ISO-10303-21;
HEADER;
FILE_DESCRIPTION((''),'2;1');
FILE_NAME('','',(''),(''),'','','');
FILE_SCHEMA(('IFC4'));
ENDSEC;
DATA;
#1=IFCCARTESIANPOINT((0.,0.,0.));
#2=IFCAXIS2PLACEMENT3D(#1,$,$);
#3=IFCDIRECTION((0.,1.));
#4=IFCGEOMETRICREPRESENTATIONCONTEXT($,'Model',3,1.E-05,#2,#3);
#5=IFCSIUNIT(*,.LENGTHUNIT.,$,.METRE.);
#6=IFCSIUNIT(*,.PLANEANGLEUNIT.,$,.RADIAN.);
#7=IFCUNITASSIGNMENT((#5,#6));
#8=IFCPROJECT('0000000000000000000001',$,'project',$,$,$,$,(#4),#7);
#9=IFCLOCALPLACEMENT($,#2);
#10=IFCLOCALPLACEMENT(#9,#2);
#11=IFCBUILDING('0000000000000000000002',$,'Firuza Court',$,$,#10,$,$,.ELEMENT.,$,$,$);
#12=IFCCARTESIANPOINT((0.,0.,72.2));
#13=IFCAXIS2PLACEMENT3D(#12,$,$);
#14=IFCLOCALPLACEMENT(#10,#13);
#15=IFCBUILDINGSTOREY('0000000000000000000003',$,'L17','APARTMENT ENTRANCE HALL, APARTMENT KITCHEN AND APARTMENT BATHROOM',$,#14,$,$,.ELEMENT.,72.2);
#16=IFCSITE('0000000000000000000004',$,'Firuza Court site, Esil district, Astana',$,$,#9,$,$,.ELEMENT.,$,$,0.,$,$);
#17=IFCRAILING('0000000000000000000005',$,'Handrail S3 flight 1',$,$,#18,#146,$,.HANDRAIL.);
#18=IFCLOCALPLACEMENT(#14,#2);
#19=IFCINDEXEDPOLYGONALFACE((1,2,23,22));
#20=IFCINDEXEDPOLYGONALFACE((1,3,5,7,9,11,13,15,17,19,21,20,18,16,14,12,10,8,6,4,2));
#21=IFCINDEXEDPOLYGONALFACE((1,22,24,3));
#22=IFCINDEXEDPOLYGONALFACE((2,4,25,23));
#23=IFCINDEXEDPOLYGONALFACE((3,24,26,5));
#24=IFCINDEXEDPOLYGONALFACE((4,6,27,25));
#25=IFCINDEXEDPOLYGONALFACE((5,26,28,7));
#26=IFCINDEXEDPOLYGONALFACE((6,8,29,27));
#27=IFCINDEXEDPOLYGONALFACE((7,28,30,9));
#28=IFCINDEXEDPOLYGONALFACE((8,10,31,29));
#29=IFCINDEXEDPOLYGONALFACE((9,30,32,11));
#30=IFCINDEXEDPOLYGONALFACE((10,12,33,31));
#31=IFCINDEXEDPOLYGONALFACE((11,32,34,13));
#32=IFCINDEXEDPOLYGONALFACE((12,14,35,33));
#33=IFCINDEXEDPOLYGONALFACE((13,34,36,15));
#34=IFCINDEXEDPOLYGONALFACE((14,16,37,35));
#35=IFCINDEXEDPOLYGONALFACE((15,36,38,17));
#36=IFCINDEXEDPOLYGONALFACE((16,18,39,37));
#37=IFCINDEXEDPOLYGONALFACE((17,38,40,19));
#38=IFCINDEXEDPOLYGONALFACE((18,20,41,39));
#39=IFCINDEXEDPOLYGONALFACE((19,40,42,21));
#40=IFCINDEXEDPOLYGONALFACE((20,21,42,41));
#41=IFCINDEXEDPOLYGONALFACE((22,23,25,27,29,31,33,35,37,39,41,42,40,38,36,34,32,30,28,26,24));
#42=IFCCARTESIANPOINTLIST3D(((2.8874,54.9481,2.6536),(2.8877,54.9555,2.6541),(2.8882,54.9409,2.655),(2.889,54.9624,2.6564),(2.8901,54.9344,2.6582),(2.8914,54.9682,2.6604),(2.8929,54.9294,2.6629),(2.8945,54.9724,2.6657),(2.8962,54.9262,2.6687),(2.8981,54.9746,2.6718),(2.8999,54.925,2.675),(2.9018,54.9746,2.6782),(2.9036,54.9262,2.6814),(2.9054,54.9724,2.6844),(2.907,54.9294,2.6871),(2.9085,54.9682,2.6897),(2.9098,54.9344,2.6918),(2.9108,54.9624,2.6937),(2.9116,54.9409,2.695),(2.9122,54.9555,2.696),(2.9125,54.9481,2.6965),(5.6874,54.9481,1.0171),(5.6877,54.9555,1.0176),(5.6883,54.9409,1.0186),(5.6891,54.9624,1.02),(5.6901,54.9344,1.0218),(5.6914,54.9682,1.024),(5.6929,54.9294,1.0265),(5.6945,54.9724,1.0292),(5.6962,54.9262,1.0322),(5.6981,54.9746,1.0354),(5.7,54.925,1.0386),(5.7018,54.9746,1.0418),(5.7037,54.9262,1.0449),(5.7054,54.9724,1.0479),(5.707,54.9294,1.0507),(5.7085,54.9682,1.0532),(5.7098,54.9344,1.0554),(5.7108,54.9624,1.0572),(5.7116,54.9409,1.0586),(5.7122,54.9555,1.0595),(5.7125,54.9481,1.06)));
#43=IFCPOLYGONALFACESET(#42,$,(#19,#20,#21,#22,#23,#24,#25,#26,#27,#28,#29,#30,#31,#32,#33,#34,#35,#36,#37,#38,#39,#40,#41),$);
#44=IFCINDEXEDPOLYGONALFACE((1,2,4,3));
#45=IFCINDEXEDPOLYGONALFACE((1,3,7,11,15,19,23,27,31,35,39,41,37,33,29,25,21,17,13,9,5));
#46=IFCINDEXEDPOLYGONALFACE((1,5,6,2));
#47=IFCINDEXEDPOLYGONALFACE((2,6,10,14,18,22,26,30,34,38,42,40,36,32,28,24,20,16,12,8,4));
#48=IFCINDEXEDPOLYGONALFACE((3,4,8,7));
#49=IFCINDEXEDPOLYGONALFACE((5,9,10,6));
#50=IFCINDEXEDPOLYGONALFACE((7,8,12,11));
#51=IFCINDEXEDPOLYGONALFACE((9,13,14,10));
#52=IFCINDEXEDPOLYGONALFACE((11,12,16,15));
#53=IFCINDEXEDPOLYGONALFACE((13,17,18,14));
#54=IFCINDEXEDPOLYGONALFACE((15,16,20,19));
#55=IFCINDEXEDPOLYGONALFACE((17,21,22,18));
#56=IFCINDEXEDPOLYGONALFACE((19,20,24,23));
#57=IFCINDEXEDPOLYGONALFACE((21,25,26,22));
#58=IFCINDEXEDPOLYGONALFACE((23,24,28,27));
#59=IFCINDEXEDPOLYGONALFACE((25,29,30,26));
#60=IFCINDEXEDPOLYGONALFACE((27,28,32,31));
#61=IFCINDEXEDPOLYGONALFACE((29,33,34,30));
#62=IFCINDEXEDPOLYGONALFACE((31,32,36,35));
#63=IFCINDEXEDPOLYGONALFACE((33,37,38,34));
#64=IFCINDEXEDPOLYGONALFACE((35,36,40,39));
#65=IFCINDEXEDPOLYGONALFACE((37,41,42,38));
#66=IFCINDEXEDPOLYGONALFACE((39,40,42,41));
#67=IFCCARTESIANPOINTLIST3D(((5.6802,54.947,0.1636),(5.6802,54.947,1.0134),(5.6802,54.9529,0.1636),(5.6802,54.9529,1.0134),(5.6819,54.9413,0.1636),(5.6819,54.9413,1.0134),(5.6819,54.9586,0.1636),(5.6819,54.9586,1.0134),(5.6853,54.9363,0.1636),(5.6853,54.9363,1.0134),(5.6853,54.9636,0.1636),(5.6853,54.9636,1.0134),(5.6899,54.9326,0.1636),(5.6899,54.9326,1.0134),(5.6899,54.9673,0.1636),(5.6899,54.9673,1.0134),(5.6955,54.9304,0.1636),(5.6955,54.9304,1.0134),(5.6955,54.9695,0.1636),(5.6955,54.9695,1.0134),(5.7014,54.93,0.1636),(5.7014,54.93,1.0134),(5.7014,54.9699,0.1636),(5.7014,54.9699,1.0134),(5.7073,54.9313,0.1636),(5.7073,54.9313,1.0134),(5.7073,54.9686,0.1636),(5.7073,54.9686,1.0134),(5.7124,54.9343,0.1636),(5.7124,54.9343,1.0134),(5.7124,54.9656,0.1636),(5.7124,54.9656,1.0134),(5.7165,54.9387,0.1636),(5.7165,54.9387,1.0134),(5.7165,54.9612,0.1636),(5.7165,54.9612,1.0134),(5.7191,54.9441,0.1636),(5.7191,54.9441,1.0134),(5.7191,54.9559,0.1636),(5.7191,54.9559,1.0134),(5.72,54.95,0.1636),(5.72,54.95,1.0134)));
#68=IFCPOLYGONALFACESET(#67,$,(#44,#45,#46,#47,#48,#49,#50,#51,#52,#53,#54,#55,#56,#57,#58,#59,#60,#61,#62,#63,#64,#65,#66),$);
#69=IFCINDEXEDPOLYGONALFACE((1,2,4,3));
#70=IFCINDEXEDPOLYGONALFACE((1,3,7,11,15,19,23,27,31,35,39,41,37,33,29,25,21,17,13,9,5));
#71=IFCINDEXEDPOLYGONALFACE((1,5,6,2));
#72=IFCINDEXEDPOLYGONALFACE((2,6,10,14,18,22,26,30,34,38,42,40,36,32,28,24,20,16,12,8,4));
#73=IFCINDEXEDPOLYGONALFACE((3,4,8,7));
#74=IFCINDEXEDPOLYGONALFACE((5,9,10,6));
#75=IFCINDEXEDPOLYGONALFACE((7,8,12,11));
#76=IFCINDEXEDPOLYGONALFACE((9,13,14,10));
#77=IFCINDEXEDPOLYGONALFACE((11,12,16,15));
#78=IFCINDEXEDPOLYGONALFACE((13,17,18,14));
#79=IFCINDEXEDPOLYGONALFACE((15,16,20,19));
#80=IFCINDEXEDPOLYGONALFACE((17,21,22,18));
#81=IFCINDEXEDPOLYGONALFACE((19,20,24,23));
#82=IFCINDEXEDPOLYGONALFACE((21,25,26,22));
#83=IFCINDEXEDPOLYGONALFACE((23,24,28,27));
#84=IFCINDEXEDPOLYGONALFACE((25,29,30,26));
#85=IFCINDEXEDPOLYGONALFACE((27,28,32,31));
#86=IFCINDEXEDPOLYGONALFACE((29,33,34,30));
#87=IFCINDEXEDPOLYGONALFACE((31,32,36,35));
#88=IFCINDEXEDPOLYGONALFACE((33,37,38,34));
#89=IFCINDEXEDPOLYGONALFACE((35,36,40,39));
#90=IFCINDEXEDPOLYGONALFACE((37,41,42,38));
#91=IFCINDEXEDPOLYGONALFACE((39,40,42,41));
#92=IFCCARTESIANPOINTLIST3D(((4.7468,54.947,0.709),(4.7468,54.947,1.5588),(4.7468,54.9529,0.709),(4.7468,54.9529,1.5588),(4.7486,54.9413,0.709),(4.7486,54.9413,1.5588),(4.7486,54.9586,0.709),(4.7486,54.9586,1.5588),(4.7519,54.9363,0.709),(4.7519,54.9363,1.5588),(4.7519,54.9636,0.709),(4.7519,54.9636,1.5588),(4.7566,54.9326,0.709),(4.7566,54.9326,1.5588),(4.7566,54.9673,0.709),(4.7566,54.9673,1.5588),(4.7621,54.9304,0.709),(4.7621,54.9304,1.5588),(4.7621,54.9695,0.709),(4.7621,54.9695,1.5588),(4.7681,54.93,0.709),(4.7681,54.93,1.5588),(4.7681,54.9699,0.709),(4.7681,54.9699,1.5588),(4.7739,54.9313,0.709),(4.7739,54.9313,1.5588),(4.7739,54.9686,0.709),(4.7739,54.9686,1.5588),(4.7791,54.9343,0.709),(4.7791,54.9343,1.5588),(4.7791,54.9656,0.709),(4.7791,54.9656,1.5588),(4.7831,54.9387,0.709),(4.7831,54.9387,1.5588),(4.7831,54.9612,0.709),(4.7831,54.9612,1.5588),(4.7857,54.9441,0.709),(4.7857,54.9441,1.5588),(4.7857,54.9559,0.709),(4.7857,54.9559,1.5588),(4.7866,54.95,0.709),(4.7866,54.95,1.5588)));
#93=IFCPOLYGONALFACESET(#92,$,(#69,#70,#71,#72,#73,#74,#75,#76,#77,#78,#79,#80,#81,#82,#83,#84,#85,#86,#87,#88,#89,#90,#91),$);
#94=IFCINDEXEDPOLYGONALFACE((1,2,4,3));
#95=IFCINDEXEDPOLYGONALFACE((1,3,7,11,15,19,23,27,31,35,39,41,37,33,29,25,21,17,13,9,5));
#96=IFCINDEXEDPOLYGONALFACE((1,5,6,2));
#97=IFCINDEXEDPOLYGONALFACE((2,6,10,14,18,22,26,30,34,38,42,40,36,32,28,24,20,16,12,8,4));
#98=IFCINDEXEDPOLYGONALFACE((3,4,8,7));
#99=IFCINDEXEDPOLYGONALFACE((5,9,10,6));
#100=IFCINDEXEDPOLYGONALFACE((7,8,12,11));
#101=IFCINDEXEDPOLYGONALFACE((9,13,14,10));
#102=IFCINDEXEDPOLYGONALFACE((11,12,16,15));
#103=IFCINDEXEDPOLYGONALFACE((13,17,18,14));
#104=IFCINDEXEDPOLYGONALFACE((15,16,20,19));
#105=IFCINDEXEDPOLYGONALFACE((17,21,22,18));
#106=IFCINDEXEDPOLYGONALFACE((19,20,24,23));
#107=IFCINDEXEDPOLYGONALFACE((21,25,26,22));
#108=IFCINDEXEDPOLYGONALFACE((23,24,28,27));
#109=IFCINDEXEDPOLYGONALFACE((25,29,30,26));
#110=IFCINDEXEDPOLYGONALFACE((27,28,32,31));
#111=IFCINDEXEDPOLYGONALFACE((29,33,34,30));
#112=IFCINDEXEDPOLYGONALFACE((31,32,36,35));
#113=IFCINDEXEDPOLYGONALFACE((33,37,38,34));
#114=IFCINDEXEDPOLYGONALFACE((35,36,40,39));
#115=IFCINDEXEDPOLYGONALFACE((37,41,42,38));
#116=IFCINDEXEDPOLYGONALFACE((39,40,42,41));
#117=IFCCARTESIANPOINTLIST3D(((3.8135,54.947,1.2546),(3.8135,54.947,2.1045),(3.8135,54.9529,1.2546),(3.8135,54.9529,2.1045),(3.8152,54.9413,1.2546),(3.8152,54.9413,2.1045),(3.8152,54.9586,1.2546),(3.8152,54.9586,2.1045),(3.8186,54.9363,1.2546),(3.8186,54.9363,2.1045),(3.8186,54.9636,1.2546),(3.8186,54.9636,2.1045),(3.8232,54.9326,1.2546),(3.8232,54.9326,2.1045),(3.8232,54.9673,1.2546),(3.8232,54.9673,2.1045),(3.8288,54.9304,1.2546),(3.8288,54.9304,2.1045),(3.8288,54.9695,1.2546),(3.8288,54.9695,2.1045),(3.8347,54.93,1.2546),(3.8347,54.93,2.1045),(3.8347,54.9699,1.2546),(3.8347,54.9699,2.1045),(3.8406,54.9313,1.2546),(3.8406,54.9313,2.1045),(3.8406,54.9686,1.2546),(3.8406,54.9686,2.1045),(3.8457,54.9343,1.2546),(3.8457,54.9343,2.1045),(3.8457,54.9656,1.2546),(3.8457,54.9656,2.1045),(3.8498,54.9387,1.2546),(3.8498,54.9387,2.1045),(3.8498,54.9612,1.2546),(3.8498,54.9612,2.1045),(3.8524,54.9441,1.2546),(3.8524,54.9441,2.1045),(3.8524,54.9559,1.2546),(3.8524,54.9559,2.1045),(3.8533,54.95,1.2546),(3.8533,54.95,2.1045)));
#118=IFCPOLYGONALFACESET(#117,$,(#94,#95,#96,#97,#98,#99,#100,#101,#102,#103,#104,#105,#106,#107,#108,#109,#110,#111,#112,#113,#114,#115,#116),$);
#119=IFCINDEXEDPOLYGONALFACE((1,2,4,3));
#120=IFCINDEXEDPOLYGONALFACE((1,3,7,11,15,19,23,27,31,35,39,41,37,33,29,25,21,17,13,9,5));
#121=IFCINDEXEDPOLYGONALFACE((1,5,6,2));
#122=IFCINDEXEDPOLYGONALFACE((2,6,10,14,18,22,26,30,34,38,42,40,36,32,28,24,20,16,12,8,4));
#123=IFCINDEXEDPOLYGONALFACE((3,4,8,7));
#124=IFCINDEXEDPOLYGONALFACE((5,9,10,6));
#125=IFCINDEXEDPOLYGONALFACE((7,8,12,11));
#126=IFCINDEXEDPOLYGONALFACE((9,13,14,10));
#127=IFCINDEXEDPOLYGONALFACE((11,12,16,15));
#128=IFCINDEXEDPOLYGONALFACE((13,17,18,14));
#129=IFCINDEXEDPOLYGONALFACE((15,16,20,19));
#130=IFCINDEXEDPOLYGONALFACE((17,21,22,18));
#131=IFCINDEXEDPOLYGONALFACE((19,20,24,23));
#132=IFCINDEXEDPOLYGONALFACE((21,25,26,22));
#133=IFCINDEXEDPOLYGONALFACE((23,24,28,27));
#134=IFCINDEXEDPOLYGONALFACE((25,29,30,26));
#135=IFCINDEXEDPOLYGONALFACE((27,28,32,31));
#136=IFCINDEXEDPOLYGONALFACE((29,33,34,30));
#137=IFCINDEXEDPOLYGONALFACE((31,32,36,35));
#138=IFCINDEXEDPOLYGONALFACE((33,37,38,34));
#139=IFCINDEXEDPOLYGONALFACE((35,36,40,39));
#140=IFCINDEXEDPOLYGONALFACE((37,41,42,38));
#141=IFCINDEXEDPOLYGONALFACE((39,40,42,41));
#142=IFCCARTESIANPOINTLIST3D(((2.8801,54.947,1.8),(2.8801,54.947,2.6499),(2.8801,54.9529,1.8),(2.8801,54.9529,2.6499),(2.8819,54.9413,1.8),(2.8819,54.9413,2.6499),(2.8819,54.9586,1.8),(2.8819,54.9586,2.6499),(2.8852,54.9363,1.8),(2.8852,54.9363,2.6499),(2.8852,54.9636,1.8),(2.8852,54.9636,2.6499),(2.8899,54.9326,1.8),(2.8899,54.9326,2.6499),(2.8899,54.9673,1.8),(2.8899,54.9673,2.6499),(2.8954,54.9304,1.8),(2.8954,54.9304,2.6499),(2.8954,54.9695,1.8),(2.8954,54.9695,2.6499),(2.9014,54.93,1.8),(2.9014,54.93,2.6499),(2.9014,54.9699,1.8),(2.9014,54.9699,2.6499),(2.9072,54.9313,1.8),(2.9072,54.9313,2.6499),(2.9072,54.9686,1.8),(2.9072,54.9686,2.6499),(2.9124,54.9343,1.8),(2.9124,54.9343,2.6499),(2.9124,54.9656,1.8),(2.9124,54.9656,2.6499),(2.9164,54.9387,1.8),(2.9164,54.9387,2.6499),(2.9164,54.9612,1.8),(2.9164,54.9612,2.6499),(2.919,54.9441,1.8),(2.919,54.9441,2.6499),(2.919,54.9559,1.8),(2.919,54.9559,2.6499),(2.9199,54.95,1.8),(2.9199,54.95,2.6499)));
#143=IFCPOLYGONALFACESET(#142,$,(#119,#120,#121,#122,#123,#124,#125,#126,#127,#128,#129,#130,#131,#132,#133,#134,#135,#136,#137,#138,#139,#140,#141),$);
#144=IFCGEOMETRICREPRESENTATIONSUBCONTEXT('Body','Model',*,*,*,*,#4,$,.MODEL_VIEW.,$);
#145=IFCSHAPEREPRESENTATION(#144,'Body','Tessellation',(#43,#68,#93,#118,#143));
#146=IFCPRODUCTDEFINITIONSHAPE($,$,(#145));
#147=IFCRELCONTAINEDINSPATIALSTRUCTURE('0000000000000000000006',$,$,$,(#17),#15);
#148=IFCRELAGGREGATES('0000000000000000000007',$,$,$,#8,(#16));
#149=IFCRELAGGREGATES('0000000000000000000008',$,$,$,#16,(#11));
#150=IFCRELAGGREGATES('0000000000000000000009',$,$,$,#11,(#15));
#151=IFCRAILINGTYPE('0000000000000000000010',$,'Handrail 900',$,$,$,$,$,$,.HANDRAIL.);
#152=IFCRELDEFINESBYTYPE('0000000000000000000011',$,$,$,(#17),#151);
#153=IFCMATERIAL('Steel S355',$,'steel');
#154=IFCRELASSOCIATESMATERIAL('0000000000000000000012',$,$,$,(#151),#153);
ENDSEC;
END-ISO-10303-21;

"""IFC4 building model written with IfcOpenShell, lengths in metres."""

from ifc_helpers import new_model, si_unit, direction, frame, origin, origin_2d, place, context, subcontext, project, spatial, circle, extrude, material, type_object, element, save


model = new_model("IFC4")

# Units and contexts
model_context = context("Model", 3, precision=1e-05, world=origin(), true_north=direction((0.0, 1.0)))
body_context = subcontext(model_context, "Body", "Model", "MODEL_VIEW")
ifc_project = project(units=[si_unit("LENGTHUNIT", "METRE"), si_unit("PLANEANGLEUNIT", "RADIAN")], contexts=[model_context])

# Site, building, storey
site_placement = place(None, origin())
site = spatial("IfcSite", under=ifc_project, at=site_placement, Name="Firuza Court site, Esil district, Astana", CompositionType="ELEMENT", RefElevation=0.0)
building_placement = place(site_placement, origin())
building = spatial("IfcBuilding", under=site, at=building_placement, Name="Firuza Court", CompositionType="ELEMENT")
storey_placement = place(building_placement, frame((0.0, 0.0, 72.2)))
storey = spatial("IfcBuildingStorey", under=building, at=storey_placement, Name="L17", Description="APARTMENT ENTRANCE HALL, APARTMENT KITCHEN AND APARTMENT BATHROOM", CompositionType="ELEMENT", Elevation=72.2)

# Railing
ifc_material_1 = material(Name="Steel S355", Category="steel")
railing_type_1 = type_object("IfcRailingType", Name="Handrail 900", PredefinedType="HANDRAIL", material=ifc_material_1)
railing_1_placement = place(storey_placement, frame((5.7, 54.95, 0.1636)))
element("IfcRailing", 1, at=railing_1_placement, inside=storey, type_object=railing_type_1, Name="Handrail S3 flight 1", PredefinedType="HANDRAIL", context=body_context, shape_type="SweptSolid", body=[
    extrude(circle(Radius=0.0249, at=origin_2d()), frame((0.0, 0.0, 0.875), z_axis=(-0.863361, 0.0, 0.504587), x_axis=(0.0, -1.0, 0.0)), (0.0, 0.0, 1.0), 3.2432),
    extrude(circle(Radius=0.02, at=origin_2d()), origin(), (0.0, 0.0, 1.0), 0.8499),
    extrude(circle(Radius=0.02, at=origin_2d()), frame((-0.9333, 0.0, 0.5454)), (0.0, 0.0, 1.0), 0.8499),
    extrude(circle(Radius=0.02, at=origin_2d()), frame((-1.8667, 0.0, 1.0911)), (0.0, 0.0, 1.0), 0.8499),
    extrude(circle(Radius=0.02, at=origin_2d()), frame((-2.8, 0.0, 1.6365)), (0.0, 0.0, 1.0), 0.8499),
])

save(model, "model.ifc")
